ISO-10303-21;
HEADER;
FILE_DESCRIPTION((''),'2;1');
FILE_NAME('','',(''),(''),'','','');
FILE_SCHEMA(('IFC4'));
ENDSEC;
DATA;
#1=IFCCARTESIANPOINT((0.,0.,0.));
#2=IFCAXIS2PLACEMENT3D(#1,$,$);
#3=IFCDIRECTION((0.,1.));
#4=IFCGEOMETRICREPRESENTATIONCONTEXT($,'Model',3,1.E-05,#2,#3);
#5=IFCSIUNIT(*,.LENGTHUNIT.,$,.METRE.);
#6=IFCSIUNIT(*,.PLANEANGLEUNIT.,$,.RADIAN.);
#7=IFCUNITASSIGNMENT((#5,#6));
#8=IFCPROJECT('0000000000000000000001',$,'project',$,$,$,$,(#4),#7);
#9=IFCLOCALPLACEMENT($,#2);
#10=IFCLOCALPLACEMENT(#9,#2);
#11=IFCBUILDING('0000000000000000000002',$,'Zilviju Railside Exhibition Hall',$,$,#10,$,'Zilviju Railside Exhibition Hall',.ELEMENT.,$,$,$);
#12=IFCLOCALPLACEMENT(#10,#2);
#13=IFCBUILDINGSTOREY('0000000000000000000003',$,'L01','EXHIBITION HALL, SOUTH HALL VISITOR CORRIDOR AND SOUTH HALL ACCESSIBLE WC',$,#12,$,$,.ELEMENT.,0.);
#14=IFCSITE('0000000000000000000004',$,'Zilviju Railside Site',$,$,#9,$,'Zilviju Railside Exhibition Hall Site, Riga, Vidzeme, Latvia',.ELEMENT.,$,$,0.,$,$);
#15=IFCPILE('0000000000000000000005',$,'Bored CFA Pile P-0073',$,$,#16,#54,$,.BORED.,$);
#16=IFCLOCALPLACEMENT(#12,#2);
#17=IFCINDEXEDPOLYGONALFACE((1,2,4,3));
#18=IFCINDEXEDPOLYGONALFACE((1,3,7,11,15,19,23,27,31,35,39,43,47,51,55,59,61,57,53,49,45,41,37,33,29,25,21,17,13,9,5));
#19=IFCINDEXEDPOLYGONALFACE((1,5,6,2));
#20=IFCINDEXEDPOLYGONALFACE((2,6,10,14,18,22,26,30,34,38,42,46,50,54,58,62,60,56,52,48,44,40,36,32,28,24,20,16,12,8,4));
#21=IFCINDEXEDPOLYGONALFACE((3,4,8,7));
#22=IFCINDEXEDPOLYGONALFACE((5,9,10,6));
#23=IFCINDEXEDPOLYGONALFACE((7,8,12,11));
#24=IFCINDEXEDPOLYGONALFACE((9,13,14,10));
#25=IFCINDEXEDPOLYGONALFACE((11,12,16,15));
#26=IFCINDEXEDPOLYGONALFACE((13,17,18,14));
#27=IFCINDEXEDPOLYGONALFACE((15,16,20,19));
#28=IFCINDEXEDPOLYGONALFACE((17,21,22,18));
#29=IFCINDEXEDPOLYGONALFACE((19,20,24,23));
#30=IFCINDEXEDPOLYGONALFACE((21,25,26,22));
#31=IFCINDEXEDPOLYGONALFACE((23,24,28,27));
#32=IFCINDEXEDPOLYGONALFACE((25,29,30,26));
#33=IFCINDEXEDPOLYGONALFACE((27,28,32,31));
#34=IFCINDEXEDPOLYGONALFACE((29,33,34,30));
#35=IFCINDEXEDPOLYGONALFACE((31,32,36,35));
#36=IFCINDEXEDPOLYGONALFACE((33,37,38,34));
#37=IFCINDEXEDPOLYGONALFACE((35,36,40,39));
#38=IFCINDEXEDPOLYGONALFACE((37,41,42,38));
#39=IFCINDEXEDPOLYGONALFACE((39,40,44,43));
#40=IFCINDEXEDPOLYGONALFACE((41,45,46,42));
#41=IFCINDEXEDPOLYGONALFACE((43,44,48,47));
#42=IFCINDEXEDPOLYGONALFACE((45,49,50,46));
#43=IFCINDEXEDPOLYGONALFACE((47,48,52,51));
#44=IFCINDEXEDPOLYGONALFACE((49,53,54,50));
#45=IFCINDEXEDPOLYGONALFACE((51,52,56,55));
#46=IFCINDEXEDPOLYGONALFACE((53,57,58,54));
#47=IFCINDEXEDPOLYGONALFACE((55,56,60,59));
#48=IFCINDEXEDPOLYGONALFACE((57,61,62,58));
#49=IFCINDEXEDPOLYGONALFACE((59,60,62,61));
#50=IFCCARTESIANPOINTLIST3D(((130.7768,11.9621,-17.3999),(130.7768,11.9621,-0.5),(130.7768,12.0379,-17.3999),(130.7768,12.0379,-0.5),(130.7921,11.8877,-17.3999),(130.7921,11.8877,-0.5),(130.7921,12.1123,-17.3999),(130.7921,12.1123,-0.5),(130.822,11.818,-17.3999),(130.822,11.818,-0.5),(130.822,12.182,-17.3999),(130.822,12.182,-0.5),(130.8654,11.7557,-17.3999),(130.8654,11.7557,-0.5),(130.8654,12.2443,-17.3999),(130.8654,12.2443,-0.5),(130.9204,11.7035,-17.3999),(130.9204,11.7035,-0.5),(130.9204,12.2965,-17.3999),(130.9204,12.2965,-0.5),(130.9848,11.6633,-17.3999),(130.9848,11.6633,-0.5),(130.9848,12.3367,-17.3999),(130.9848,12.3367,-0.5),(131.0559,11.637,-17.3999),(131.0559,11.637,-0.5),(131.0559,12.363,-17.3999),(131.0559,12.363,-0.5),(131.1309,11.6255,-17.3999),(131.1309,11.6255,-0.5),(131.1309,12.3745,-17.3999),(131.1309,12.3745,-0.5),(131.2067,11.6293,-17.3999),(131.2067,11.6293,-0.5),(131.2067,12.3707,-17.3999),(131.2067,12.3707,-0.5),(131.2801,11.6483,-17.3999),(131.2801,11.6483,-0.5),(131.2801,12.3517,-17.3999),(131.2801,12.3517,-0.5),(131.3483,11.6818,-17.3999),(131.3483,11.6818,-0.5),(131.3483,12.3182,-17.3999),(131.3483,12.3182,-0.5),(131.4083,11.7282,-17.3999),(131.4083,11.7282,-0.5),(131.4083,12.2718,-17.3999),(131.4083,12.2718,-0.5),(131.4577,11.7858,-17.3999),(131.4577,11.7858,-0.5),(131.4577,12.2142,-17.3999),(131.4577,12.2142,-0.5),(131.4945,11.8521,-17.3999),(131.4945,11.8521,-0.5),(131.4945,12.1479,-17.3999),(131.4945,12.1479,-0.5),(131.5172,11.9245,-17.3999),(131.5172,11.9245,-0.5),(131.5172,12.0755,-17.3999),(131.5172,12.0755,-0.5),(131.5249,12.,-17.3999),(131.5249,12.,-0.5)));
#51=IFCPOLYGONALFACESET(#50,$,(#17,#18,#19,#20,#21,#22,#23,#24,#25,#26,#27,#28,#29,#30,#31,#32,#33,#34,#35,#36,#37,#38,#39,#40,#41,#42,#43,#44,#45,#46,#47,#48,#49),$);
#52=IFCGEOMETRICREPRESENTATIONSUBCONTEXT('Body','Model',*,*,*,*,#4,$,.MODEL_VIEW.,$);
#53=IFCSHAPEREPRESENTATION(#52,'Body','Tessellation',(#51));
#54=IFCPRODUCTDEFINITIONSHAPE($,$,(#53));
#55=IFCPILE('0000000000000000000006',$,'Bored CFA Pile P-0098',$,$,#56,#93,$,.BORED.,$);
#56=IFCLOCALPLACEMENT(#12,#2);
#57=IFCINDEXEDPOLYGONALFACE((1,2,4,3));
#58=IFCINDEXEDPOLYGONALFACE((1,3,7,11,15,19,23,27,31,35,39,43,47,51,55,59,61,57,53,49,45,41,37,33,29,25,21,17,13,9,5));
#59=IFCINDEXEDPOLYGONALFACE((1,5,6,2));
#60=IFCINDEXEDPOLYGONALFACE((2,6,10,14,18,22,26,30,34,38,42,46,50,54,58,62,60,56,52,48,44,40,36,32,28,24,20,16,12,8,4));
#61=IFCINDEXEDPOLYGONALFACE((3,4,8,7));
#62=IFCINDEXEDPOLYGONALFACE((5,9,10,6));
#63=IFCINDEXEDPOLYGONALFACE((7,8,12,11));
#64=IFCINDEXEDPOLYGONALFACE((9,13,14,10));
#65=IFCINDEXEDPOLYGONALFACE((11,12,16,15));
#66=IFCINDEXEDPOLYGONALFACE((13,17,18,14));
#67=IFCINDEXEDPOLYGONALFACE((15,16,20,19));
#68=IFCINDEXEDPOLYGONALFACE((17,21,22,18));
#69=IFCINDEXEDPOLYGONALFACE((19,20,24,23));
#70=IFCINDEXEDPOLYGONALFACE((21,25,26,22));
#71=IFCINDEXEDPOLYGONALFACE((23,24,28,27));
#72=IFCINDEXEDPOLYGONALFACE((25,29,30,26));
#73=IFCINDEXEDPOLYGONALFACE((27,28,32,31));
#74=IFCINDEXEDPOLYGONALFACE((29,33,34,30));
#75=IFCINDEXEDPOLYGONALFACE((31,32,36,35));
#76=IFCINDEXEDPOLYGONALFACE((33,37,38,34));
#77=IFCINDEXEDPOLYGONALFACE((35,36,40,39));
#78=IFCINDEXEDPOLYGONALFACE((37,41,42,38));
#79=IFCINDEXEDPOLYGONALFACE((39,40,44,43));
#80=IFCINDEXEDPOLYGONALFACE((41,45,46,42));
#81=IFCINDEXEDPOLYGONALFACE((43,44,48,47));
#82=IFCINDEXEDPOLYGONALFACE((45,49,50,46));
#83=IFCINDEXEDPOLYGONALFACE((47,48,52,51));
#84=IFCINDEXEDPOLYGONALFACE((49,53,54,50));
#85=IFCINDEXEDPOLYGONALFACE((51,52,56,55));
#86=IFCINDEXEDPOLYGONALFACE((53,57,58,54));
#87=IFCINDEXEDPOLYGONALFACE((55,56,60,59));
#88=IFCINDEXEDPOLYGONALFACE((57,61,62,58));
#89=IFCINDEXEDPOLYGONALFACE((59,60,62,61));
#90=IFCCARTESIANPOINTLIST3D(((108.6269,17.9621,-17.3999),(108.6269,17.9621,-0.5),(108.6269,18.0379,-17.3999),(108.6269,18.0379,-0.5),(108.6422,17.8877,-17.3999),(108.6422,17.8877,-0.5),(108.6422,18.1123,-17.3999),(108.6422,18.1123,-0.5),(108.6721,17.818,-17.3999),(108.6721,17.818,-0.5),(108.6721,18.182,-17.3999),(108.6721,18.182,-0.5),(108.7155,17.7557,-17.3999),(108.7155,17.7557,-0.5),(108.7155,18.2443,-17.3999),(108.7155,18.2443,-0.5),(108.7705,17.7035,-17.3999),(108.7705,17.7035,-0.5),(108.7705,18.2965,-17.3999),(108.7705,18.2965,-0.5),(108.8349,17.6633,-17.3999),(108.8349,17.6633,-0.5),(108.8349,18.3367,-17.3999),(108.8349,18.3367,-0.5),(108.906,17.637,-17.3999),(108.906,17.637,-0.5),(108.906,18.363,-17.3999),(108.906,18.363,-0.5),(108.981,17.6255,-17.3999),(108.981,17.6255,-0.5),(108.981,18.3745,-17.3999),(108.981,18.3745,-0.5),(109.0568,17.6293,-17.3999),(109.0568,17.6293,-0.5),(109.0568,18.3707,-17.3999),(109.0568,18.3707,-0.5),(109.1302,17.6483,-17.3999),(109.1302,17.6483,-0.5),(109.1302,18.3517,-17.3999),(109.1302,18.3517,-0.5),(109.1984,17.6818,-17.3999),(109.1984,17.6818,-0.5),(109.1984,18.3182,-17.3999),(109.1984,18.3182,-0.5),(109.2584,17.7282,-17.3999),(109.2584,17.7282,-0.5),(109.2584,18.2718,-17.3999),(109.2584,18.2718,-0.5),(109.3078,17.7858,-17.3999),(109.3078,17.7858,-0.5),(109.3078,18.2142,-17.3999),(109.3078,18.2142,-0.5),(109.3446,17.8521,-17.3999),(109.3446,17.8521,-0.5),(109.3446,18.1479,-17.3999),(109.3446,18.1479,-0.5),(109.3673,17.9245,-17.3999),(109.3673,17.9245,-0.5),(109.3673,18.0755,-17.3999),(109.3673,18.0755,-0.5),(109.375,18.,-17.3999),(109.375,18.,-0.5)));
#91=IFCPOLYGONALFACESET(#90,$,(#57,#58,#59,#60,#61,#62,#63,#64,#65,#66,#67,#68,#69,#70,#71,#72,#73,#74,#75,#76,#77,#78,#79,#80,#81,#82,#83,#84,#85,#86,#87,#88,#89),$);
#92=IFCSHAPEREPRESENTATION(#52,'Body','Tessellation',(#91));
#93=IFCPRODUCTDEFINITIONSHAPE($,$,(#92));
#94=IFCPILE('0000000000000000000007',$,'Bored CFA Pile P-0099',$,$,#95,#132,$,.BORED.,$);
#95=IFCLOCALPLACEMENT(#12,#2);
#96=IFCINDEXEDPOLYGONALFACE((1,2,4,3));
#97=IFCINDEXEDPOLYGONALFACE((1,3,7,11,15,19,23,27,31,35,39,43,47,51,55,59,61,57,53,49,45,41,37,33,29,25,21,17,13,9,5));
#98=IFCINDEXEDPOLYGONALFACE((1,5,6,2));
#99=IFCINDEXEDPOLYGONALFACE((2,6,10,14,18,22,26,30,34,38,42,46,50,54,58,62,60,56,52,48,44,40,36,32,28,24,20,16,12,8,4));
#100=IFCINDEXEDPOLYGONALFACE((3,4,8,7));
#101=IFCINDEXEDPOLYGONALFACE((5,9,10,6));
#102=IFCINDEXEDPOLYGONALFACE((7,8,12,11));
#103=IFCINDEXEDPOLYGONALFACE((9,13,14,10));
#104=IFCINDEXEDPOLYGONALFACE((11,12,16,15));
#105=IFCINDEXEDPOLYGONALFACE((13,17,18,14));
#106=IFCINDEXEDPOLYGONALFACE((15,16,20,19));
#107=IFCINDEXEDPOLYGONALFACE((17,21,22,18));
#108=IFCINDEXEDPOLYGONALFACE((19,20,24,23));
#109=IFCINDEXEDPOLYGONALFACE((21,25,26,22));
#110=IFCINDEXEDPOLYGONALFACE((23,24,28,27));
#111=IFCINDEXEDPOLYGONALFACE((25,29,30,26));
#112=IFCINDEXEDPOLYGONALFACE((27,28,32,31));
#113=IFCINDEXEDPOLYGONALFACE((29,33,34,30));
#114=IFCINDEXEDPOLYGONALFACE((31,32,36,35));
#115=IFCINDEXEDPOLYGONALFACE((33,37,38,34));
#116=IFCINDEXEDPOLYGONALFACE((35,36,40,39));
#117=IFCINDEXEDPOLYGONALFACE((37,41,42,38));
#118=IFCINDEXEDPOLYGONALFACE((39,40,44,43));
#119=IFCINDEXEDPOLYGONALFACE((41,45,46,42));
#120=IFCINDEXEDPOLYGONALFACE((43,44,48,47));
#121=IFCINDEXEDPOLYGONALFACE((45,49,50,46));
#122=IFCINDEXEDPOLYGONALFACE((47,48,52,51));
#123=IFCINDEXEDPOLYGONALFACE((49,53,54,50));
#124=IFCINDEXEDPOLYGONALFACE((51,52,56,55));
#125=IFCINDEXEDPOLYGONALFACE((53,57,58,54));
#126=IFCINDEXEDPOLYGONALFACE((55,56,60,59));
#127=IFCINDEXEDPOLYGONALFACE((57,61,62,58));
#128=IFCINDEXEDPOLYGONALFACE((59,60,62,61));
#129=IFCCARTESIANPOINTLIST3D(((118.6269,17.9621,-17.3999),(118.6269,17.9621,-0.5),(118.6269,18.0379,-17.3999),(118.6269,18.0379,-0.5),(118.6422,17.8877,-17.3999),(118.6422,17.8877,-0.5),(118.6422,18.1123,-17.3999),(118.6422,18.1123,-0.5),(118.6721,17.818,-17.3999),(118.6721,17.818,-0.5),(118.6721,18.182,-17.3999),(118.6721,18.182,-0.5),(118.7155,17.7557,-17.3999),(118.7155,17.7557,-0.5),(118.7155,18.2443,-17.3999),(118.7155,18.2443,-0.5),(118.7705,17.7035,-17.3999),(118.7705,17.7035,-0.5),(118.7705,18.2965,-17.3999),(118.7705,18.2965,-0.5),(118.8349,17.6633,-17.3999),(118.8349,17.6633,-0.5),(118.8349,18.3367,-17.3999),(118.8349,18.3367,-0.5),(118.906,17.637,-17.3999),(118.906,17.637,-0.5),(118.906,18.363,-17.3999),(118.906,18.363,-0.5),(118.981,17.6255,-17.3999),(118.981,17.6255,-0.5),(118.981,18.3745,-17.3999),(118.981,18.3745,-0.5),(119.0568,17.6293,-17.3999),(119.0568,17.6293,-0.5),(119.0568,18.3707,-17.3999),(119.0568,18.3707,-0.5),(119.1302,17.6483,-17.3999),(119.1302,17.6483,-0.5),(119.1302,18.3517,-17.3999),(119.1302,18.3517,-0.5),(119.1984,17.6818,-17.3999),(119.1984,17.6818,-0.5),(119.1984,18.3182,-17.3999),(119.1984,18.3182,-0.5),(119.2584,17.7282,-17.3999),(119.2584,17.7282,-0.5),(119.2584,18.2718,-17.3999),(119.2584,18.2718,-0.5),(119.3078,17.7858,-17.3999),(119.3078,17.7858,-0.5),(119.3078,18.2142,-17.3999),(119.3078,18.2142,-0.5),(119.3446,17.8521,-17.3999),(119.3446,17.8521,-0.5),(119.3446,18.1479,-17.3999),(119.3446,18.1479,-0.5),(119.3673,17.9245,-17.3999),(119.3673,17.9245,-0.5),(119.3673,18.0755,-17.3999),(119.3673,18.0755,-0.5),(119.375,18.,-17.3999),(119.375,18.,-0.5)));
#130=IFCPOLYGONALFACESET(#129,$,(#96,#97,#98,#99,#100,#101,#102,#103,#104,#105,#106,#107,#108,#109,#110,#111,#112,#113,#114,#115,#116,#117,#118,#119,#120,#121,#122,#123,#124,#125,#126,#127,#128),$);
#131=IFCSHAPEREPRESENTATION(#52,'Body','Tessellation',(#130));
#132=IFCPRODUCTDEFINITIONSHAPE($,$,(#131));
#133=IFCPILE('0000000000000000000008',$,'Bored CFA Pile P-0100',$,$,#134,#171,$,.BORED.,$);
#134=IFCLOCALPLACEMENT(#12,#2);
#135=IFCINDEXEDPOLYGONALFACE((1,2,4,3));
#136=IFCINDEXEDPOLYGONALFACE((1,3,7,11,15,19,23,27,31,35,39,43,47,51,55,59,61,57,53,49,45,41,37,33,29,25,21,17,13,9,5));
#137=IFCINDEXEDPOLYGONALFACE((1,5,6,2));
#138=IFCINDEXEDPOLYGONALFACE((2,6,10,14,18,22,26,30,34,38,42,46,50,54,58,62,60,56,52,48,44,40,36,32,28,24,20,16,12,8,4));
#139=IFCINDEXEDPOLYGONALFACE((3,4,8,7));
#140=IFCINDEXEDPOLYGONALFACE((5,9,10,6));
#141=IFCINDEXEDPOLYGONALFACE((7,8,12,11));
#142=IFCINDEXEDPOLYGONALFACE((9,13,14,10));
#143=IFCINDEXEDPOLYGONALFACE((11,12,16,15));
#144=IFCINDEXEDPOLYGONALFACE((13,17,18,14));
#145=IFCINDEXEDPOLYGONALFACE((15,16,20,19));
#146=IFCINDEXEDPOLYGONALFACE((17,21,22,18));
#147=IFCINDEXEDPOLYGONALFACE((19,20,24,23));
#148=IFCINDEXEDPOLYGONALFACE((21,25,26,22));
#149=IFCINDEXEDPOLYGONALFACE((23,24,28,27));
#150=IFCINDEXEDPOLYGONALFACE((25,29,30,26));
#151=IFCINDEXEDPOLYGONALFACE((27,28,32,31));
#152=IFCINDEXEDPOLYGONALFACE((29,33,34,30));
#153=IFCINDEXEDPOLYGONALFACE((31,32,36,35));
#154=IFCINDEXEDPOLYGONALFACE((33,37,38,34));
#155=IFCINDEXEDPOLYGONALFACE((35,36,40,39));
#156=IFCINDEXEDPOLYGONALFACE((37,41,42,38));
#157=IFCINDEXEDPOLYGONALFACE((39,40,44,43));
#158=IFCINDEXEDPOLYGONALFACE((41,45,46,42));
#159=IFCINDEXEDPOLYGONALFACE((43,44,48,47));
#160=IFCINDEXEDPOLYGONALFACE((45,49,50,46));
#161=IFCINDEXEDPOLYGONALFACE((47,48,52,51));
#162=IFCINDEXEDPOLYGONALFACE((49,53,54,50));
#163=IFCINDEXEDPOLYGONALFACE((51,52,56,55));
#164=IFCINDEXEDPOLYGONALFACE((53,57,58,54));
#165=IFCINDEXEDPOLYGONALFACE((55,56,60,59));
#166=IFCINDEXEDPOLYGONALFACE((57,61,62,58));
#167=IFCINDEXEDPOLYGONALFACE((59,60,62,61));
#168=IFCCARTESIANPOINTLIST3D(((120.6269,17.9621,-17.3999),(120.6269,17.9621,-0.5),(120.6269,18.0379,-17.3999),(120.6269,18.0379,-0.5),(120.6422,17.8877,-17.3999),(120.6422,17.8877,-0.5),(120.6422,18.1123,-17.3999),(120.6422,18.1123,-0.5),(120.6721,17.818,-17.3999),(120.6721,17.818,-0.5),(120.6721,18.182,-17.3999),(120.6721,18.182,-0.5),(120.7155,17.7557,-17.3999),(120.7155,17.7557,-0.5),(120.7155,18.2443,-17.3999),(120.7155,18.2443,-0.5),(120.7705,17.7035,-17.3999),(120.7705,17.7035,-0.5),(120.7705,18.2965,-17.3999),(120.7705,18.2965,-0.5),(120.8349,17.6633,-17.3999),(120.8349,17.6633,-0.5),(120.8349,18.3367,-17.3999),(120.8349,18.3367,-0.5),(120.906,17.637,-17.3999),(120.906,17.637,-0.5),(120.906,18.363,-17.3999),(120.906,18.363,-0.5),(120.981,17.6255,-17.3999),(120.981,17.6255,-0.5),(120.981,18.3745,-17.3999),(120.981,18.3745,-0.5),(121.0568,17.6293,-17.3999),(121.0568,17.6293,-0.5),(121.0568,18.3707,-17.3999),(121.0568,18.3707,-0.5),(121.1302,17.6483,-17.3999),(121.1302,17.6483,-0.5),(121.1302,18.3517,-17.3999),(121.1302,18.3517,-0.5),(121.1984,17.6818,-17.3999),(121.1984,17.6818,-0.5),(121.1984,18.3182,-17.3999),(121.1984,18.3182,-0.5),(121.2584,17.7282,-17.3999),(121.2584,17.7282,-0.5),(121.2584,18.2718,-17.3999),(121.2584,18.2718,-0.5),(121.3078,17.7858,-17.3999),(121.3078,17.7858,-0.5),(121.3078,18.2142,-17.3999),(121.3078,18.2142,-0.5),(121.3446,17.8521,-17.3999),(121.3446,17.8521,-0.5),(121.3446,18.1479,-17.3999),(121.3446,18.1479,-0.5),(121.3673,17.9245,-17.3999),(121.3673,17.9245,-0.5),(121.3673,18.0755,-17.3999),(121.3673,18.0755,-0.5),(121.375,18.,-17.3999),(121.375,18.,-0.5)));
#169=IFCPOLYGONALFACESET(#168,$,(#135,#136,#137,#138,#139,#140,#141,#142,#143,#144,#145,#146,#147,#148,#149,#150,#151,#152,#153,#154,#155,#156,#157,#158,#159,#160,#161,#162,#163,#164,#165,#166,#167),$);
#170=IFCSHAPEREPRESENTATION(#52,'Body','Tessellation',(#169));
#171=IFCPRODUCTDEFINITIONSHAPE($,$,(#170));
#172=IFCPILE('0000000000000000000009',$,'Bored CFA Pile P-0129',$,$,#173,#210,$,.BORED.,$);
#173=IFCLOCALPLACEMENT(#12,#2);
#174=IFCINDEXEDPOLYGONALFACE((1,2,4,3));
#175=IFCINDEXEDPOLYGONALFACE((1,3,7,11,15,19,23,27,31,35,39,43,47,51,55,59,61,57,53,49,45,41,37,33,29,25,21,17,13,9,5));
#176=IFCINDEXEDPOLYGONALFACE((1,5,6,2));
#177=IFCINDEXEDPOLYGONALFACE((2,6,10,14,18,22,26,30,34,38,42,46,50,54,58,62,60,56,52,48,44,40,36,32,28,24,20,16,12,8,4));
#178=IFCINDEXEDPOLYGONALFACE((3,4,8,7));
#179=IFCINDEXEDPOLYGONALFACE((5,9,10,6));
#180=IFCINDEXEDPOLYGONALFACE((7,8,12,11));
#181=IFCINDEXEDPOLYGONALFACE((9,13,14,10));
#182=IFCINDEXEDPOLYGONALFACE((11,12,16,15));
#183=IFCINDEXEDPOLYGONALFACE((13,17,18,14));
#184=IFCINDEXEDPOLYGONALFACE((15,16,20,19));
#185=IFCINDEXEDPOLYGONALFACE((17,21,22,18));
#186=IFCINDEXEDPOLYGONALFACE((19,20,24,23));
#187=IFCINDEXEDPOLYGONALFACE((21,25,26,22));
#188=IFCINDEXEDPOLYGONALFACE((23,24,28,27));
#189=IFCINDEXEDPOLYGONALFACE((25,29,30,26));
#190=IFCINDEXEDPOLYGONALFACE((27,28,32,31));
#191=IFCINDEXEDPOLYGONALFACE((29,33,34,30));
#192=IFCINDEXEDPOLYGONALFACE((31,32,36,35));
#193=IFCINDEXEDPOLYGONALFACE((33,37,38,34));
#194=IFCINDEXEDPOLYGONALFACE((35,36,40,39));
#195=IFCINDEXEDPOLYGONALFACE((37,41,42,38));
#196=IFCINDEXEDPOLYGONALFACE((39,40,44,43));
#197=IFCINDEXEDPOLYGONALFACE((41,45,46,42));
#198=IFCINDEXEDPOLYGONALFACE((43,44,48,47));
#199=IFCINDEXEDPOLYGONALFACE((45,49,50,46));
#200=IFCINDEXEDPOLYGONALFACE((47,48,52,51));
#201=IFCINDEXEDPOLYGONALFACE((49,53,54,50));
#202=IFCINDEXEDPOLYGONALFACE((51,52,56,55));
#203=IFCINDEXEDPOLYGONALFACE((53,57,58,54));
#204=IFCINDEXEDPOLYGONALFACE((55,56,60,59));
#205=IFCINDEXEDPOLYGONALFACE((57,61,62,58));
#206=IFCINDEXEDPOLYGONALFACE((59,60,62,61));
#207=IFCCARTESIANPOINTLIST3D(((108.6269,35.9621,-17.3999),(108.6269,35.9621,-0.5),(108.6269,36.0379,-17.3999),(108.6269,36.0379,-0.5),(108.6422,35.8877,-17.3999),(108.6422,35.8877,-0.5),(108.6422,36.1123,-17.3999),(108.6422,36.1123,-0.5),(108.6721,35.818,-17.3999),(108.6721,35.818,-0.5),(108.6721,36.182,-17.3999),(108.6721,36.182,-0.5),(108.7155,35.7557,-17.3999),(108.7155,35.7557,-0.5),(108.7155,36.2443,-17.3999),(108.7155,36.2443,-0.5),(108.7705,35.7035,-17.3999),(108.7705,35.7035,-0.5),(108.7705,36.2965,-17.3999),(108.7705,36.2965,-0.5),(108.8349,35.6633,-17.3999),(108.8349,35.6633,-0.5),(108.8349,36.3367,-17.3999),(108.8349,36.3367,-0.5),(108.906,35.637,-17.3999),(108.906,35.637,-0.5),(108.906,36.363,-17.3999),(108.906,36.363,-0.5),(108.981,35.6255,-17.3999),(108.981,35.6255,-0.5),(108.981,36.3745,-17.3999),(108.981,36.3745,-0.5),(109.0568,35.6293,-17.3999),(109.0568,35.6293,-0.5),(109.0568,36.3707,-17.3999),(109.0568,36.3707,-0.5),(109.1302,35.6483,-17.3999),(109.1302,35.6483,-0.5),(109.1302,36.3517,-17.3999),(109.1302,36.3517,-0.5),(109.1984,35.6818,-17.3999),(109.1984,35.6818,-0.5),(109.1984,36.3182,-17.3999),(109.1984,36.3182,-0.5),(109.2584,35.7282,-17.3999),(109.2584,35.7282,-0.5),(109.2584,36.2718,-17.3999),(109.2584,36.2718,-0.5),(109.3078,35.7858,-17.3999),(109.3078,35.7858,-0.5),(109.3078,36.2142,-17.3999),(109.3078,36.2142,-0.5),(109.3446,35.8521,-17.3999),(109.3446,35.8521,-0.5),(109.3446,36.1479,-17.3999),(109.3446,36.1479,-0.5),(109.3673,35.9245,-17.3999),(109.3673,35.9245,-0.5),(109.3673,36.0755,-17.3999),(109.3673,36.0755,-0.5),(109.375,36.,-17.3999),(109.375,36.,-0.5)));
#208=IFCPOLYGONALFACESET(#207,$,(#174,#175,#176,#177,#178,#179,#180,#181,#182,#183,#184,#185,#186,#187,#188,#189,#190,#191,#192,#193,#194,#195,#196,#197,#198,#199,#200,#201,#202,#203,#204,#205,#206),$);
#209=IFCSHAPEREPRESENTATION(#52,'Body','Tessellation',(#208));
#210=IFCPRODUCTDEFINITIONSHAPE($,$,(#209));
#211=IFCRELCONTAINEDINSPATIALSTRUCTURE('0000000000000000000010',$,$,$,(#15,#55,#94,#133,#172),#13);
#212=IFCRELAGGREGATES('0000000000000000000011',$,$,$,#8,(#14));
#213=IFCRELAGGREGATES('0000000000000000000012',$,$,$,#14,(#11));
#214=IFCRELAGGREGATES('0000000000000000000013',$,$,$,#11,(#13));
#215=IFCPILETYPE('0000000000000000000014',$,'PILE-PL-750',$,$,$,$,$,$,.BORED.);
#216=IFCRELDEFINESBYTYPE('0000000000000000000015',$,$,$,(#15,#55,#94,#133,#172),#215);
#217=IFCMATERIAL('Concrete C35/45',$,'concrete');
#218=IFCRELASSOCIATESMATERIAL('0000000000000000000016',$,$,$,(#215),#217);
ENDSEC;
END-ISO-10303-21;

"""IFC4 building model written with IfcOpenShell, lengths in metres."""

from ifc_helpers import new_model, si_unit, direction, frame, origin, origin_2d, place, context, subcontext, project, spatial, circle, extrude, material, material_profile, profile_set, type_object, element, save


model = new_model("IFC4")

# Units and contexts
model_context = context("Model", 3, precision=1e-05, world=origin(), true_north=direction((0.0, 1.0)))
body_context = subcontext(model_context, "Body", "Model", "MODEL_VIEW")
ifc_project = project(units=[si_unit("LENGTHUNIT", "METRE"), si_unit("PLANEANGLEUNIT", "RADIAN")], contexts=[model_context])

# Site, building, storey
site_placement = place(None, origin())
site = spatial("IfcSite", under=ifc_project, at=site_placement, Name="Zilviju Railside Site", LongName="Zilviju Railside Exhibition Hall Site, Riga, Vidzeme, Latvia", CompositionType="ELEMENT", RefElevation=0.0)
building_placement = place(site_placement, origin())
building = spatial("IfcBuilding", under=site, at=building_placement, Name="Zilviju Railside Exhibition Hall", LongName="Zilviju Railside Exhibition Hall", CompositionType="ELEMENT")
storey_placement = place(building_placement, origin())
storey = spatial("IfcBuildingStorey", under=building, at=storey_placement, Name="L01", Description="EXHIBITION HALL, SOUTH HALL VISITOR CORRIDOR AND SOUTH HALL ACCESSIBLE WC", CompositionType="ELEMENT", Elevation=0.0)

# Shared definitions
ifc_material_1 = material(Name="Concrete C35/45", Category="concrete")

# Piles
ifc_material_profile_1 = material_profile(ifc_material_1, circle(Radius=0.375, at=origin_2d()), Name="CFA PILE D750")
ifc_profile_set_1 = profile_set([ifc_material_profile_1], Name="Concrete C35/45")
pile_type_1 = type_object("IfcPileType", Name="PILE-PL-750", PredefinedType="BORED", material=ifc_profile_set_1)
for number, where, z_axis, x_axis, name in (
    (1, (131.1499, 12.0, -0.5), (0.0, 0.0, -1.0), (1.0, 0.0, 0.0), "Bored CFA Pile P-0073"),
    (2, (109.0, 18.0, -0.5), (0.0, 0.0, -1.0), (1.0, 0.0, 0.0), "Bored CFA Pile P-0098"),
    (3, (119.0, 18.0, -0.5), (0.0, 0.0, -1.0), (1.0, 0.0, 0.0), "Bored CFA Pile P-0099"),
    (4, (121.0, 18.0, -0.5), (0.0, 0.0, -1.0), (1.0, 0.0, 0.0), "Bored CFA Pile P-0100"),
    (5, (109.0, 36.0, -0.5), (0.0, 0.0, -1.0), (1.0, 0.0, 0.0), "Bored CFA Pile P-0129"),
):
    element("IfcPile", number, at=place(storey_placement, frame(where, z_axis=z_axis, x_axis=x_axis)), inside=storey, type_object=pile_type_1, Name=name, PredefinedType="BORED", context=body_context, shape_type="SweptSolid", body=[
        extrude(circle(Radius=0.375, at=origin_2d()), origin(), (0.0, 0.0, 1.0), 16.8999),
    ])

save(model, "model.ifc")
